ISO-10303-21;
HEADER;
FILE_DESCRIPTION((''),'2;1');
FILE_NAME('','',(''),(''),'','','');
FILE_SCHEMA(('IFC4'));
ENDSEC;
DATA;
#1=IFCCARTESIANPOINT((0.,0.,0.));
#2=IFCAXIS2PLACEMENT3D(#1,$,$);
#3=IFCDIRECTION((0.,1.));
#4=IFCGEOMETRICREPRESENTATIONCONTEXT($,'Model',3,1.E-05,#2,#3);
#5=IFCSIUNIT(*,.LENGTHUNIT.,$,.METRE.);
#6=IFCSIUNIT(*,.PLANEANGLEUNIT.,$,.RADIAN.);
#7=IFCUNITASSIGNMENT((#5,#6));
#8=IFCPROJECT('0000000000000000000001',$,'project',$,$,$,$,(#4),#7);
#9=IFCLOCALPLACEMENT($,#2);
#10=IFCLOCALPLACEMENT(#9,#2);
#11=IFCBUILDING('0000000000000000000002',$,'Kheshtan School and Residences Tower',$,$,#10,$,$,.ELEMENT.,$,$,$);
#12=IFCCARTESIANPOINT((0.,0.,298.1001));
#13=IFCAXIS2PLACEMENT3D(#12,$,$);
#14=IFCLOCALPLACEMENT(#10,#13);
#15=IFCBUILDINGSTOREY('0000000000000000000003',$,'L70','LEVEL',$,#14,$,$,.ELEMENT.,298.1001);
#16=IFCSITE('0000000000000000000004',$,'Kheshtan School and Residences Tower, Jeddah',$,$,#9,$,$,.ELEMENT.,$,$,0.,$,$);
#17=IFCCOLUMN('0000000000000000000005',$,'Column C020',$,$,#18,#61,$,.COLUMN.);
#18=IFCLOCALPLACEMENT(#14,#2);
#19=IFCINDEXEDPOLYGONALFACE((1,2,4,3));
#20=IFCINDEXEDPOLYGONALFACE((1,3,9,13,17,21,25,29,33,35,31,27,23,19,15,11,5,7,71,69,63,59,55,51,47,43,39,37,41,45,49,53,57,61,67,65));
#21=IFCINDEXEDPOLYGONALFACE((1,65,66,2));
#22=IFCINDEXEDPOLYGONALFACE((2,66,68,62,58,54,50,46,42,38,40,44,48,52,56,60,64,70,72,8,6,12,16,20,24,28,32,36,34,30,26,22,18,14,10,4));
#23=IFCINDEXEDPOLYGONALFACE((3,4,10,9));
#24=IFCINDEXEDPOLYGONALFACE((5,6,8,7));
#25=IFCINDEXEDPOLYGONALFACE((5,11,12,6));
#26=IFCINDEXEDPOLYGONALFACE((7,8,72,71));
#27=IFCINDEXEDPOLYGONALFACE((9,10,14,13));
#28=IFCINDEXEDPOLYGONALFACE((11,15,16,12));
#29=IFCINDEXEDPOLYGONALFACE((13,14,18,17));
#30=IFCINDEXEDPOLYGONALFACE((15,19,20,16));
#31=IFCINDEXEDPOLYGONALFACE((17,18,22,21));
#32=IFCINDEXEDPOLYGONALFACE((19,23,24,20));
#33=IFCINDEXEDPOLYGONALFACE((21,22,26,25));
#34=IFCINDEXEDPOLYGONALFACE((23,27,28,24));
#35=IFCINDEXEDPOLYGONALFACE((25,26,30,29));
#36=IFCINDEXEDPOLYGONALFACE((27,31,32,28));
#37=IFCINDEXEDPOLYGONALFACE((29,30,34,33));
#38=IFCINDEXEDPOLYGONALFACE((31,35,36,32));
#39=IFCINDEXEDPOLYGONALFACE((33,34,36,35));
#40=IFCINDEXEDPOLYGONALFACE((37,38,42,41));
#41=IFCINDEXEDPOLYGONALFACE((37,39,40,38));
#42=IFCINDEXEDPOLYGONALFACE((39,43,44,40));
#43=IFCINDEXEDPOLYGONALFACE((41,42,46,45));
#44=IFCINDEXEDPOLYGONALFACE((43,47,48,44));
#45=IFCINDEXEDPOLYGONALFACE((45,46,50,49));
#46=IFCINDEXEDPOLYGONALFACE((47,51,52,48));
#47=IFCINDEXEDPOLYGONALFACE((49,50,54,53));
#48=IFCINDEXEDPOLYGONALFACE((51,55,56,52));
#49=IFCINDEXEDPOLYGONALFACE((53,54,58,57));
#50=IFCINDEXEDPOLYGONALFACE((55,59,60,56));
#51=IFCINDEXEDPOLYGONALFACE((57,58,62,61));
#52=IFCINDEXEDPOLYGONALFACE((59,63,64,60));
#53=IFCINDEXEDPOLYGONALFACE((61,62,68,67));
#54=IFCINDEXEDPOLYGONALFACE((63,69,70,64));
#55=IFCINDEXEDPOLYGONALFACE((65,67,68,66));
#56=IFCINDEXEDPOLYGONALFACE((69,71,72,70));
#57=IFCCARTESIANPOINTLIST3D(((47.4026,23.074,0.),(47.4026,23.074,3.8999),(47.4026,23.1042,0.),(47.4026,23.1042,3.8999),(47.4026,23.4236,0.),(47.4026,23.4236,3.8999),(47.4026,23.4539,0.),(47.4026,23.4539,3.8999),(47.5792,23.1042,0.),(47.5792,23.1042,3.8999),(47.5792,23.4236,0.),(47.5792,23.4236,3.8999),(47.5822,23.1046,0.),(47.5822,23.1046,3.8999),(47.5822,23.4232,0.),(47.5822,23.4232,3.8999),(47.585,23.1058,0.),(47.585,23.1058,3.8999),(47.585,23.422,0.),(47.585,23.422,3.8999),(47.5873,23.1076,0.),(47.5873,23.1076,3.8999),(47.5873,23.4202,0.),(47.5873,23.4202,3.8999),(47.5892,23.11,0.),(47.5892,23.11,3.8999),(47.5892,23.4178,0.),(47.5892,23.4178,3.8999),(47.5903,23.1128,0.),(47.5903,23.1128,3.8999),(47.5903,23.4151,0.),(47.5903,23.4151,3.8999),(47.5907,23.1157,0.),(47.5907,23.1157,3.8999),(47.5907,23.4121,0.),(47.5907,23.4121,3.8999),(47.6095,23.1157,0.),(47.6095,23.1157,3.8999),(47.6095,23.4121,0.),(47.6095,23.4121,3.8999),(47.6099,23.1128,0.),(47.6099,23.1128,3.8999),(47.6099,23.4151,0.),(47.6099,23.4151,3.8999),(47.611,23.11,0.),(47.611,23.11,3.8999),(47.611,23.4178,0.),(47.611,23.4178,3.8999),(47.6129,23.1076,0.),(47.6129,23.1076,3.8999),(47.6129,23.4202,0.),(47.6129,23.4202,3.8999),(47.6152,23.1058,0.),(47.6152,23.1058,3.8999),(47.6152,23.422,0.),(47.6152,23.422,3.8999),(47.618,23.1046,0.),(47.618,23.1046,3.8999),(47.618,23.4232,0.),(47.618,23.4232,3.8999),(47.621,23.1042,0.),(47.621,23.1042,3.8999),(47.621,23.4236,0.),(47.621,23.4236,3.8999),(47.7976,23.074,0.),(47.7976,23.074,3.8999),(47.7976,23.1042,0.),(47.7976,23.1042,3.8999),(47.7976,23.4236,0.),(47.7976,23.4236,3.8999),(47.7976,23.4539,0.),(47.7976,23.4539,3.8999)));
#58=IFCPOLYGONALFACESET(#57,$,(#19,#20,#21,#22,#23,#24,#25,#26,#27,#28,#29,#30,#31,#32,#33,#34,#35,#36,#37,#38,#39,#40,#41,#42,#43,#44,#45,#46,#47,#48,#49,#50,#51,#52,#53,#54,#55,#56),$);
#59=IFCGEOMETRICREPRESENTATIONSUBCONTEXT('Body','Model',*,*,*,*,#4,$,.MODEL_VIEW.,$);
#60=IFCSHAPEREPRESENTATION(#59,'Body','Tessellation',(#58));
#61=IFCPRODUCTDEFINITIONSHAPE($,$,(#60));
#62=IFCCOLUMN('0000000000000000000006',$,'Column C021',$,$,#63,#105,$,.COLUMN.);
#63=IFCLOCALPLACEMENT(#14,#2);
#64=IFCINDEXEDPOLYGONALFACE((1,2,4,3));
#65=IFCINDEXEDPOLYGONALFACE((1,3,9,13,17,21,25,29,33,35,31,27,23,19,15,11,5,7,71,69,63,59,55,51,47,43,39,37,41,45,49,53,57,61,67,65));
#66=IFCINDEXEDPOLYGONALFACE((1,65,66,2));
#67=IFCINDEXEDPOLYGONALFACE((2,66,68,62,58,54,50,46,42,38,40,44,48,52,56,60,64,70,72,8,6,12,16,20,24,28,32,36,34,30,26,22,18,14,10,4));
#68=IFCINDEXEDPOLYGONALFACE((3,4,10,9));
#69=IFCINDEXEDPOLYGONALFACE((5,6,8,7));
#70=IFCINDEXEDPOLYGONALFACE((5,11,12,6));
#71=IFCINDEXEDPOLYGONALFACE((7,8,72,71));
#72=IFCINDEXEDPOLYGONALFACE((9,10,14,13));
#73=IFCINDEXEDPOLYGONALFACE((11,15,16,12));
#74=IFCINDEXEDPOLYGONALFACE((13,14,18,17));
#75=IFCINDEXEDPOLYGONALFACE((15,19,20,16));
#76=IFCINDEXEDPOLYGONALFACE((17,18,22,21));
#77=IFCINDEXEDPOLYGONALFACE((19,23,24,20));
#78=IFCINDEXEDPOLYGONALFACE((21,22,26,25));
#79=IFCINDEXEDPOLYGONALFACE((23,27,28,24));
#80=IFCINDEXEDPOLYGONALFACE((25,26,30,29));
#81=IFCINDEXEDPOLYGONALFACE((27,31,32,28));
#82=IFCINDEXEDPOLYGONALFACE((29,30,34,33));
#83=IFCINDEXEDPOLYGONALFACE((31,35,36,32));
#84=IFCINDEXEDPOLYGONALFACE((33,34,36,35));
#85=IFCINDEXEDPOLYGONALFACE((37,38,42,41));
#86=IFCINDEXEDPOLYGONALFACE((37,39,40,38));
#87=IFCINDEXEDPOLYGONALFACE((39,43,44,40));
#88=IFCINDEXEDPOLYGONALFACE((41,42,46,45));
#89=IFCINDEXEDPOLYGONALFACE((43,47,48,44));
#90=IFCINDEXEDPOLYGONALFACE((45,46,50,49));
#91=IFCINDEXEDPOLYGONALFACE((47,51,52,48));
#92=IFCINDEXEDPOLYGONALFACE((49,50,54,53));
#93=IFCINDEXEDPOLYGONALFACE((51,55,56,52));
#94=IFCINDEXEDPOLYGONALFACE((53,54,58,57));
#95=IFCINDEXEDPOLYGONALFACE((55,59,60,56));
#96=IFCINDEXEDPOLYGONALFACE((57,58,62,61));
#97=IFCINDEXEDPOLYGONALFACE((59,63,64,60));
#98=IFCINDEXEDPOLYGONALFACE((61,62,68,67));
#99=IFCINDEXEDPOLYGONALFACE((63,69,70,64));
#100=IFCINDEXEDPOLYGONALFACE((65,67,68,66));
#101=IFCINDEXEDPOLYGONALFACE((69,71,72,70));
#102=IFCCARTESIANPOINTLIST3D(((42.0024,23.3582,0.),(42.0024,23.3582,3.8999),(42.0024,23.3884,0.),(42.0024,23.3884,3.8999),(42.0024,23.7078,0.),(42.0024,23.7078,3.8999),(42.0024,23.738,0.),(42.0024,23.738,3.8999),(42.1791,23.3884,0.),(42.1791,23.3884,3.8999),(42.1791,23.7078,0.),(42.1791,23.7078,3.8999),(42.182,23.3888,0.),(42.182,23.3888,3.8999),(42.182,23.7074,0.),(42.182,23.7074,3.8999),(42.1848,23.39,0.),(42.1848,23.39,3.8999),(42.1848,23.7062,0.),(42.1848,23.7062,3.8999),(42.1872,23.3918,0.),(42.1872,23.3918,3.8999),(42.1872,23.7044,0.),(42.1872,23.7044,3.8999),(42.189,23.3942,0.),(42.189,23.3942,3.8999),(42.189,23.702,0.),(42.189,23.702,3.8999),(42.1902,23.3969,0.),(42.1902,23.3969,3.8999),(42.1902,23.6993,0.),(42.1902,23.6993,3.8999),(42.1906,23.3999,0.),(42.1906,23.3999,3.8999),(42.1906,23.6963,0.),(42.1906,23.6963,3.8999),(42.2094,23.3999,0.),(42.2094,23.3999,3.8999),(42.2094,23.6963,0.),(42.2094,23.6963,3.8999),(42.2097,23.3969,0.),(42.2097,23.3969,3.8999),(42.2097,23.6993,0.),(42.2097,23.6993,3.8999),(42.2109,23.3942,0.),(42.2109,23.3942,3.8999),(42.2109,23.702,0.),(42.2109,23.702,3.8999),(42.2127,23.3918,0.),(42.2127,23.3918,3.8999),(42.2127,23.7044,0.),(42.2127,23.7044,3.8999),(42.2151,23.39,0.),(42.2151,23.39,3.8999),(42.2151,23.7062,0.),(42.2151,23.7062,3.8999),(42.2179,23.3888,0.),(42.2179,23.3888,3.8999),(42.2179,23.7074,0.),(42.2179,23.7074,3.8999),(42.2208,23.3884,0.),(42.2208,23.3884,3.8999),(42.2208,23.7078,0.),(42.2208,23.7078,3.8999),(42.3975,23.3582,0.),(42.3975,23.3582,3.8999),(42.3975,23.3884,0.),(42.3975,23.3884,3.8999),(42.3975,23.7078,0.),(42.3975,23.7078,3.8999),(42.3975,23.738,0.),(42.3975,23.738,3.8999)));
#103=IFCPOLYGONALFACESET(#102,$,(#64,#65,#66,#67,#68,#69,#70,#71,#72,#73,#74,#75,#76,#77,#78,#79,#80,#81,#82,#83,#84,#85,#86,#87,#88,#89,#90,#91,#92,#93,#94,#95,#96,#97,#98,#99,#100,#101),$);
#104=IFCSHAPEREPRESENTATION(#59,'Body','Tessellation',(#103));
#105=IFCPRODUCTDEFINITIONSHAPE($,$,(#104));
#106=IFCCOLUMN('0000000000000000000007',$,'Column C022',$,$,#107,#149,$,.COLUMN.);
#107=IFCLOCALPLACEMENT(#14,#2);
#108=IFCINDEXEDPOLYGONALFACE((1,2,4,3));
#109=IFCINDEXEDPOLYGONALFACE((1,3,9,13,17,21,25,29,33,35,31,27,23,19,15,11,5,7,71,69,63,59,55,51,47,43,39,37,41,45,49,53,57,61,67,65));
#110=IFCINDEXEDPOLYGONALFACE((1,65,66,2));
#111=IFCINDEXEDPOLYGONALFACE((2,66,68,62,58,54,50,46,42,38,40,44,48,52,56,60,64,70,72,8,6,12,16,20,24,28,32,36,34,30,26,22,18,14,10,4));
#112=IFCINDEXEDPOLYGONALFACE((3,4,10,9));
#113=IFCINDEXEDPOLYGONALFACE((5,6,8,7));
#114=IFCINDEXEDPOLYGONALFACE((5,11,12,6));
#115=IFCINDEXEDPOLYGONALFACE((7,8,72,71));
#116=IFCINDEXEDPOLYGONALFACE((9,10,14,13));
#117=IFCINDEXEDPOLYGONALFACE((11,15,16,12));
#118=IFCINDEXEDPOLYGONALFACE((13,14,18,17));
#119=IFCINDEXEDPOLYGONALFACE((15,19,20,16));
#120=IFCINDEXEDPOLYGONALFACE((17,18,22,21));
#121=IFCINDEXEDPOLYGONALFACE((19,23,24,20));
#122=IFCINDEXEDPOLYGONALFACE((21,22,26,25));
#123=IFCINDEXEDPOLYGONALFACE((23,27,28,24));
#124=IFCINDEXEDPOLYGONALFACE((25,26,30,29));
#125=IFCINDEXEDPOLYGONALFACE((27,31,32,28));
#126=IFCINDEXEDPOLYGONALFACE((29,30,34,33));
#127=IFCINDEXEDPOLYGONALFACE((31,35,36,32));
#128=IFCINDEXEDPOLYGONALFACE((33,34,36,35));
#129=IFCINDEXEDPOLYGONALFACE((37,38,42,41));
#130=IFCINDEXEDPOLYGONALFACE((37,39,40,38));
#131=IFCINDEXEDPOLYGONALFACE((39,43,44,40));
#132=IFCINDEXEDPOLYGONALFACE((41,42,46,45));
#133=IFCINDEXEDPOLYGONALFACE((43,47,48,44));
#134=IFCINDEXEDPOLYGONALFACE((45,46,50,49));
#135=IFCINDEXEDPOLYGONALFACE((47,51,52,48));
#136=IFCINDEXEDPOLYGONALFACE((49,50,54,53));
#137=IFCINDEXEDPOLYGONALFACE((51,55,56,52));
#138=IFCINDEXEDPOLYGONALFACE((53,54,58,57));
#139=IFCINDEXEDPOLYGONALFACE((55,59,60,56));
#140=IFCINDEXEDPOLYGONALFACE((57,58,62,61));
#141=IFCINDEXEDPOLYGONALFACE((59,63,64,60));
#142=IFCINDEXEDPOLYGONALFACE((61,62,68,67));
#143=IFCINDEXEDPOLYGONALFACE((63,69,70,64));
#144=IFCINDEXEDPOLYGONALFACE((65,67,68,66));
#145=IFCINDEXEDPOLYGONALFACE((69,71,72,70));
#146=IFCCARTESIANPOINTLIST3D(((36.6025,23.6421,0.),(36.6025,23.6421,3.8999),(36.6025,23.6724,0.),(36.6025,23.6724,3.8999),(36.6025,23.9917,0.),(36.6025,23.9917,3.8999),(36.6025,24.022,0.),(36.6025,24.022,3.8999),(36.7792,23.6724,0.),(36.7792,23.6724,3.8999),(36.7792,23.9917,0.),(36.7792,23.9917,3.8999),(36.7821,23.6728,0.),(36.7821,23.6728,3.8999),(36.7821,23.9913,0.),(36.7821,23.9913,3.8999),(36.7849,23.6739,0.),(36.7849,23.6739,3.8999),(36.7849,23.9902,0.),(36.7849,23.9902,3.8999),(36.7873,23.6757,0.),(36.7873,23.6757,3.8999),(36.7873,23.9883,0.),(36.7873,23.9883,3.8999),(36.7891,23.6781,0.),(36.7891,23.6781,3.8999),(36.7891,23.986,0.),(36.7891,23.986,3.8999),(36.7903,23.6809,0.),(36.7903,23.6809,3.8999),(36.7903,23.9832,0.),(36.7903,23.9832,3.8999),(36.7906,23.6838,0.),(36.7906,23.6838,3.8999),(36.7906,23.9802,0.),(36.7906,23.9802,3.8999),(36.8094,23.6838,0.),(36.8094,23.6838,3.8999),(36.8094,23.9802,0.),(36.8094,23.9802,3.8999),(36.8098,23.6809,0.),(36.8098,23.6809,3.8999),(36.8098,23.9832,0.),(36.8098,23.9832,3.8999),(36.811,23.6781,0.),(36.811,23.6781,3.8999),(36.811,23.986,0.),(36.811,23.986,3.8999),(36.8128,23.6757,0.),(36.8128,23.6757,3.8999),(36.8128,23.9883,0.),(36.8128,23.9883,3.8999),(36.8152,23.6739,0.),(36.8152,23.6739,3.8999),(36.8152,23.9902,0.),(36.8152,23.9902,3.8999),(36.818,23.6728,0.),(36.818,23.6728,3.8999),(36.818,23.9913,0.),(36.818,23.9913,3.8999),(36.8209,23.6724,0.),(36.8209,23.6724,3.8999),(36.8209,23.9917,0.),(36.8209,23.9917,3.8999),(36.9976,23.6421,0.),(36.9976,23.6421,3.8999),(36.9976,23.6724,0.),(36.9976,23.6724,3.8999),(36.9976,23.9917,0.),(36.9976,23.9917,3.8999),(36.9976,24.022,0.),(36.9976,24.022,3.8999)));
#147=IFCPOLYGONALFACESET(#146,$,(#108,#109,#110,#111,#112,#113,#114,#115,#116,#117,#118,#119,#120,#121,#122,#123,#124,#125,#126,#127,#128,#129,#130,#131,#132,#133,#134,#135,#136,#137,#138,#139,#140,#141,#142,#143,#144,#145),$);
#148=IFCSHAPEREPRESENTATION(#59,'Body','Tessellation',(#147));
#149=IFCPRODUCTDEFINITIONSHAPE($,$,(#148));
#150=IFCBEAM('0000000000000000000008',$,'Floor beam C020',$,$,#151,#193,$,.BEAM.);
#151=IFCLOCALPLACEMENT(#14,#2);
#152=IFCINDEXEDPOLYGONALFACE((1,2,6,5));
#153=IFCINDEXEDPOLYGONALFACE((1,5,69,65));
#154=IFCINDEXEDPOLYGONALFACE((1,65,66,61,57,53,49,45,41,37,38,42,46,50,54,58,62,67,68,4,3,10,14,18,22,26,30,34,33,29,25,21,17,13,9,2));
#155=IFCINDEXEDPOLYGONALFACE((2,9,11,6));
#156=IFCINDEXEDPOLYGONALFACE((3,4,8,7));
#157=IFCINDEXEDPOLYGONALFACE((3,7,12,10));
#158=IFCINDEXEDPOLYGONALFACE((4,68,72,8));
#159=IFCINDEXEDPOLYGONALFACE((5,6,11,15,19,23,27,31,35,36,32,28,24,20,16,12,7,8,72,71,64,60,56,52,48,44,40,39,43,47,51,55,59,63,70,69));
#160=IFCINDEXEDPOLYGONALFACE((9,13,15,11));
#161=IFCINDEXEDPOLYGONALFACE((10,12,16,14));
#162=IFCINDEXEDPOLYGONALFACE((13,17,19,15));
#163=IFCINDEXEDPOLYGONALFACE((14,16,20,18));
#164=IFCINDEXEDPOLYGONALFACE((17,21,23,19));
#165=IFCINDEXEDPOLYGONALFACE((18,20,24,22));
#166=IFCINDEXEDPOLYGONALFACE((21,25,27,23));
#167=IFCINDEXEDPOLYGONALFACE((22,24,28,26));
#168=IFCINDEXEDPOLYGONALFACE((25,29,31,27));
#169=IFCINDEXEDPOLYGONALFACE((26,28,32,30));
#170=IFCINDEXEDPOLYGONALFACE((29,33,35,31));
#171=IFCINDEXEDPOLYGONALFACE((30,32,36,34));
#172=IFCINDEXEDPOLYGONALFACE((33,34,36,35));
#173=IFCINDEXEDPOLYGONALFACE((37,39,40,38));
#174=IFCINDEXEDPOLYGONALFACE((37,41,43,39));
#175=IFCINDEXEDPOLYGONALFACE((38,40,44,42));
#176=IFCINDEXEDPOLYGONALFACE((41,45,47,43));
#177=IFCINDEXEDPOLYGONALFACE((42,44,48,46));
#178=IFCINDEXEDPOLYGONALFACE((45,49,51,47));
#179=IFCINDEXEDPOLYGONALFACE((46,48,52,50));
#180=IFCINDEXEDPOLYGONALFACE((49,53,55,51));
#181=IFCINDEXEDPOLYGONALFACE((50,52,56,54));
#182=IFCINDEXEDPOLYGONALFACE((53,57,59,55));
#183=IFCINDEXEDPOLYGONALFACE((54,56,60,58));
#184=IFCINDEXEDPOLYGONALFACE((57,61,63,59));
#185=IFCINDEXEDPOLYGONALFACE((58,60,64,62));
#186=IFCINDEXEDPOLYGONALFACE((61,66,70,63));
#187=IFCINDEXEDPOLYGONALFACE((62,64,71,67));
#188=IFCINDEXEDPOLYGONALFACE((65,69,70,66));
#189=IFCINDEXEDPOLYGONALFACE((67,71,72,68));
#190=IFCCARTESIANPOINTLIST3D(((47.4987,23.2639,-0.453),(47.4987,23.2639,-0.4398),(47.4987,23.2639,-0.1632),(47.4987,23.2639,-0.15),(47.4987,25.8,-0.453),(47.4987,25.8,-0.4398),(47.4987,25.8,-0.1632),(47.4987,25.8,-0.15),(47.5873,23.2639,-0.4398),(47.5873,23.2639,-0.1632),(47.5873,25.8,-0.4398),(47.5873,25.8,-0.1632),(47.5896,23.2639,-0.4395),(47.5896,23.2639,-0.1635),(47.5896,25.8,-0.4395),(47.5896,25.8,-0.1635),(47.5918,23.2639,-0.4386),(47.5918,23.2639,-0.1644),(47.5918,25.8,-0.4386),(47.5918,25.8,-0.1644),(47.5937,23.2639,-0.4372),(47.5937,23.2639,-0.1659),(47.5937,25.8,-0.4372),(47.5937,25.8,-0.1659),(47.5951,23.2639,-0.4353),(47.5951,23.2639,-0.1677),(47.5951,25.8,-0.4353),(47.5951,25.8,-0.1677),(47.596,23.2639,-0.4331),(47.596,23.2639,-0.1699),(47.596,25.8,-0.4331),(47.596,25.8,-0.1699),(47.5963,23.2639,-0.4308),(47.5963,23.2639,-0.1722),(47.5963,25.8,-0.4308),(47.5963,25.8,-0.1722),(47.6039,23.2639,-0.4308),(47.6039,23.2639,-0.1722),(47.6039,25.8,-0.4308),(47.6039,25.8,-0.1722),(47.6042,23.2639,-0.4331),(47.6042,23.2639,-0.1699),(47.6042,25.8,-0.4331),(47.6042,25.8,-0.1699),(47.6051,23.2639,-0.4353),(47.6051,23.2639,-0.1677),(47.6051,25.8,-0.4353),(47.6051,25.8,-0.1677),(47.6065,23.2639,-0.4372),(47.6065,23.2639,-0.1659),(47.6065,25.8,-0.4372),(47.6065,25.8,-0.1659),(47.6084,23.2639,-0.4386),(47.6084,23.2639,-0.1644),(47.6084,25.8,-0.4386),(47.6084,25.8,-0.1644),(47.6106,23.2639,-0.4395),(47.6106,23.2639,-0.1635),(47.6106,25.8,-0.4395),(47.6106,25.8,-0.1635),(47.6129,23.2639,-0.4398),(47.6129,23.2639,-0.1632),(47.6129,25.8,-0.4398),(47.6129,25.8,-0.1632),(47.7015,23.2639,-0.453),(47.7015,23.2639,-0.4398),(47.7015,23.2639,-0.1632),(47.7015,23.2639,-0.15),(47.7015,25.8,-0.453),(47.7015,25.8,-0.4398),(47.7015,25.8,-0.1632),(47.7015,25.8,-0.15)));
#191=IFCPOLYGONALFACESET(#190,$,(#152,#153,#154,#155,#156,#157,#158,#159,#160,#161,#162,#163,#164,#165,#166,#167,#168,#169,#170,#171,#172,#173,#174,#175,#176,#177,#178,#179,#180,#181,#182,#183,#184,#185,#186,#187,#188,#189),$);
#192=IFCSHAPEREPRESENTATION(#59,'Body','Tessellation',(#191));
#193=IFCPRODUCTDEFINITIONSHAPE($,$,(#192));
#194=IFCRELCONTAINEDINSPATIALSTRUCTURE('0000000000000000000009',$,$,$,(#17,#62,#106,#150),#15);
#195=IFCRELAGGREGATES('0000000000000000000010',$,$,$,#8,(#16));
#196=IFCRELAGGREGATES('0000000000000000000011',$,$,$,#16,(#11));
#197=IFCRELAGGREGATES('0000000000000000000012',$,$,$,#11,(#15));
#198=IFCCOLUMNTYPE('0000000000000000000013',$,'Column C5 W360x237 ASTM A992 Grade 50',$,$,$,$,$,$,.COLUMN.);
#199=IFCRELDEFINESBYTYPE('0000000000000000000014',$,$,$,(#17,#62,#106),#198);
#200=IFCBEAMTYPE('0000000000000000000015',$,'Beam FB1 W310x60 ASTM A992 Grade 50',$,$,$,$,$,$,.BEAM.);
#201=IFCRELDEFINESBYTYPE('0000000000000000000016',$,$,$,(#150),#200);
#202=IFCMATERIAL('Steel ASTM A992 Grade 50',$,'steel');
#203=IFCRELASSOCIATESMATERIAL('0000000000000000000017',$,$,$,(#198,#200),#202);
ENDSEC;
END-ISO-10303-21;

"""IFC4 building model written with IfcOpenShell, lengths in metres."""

from ifc_helpers import new_model, si_unit, direction, frame, origin, origin_2d, place, context, subcontext, project, spatial, i_section, extrude, material, material_profile, profile_set, type_object, element, save


model = new_model("IFC4")

# Units and contexts
model_context = context("Model", 3, precision=1e-05, world=origin(), true_north=direction((0.0, 1.0)))
body_context = subcontext(model_context, "Body", "Model", "MODEL_VIEW")
ifc_project = project(units=[si_unit("LENGTHUNIT", "METRE"), si_unit("PLANEANGLEUNIT", "RADIAN")], contexts=[model_context])

# Site, building, storey
site_placement = place(None, origin())
site = spatial("IfcSite", under=ifc_project, at=site_placement, Name="Kheshtan School and Residences Tower, Jeddah", CompositionType="ELEMENT", RefElevation=0.0)
building_placement = place(site_placement, origin())
building = spatial("IfcBuilding", under=site, at=building_placement, Name="Kheshtan School and Residences Tower", CompositionType="ELEMENT")
storey_placement = place(building_placement, frame((0.0, 0.0, 298.1001)))
storey = spatial("IfcBuildingStorey", under=building, at=storey_placement, Name="L70", Description="LEVEL", CompositionType="ELEMENT", Elevation=298.1001)

# Columns
ifc_material_1 = material(Name="Steel ASTM A992 Grade 50", Category="steel")
ifc_material_profile_1 = material_profile(ifc_material_1, i_section(OverallWidth=0.395, OverallDepth=0.3799, WebThickness=0.0188, FlangeThickness=0.0303, FilletRadius=0.0115, at=origin_2d()), Name="W360x237")
ifc_profile_set_1 = profile_set([ifc_material_profile_1], Name="Steel ASTM A992 Grade 50")
column_type = type_object("IfcColumnType", Name="Column C5 W360x237 ASTM A992 Grade 50", PredefinedType="COLUMN", material=ifc_profile_set_1)
for number, where, z_axis, x_axis, name in (
    (1, (47.6001, 23.2639, 0.0), (0.0, 0.0, 1.0), (1.0, 0.0, 0.0), "Column C020"),
    (2, (42.2, 23.5481, 0.0), (0.0, 0.0, 1.0), (1.0, 0.0, 0.0), "Column C021"),
    (3, (36.8, 23.832, 0.0), (0.0, 0.0, 1.0), (1.0, 0.0, 0.0), "Column C022"),
):
    element("IfcColumn", number, at=place(storey_placement, frame(where, z_axis=z_axis, x_axis=x_axis)), inside=storey, type_object=column_type, Name=name, PredefinedType="COLUMN", context=body_context, shape_type="SweptSolid", body=[
        extrude(i_section(OverallWidth=0.395, OverallDepth=0.3799, WebThickness=0.0188, FlangeThickness=0.0303, FilletRadius=0.0115, at=origin_2d()), origin(), (0.0, 0.0, 1.0), 3.8999),
    ])

# Beam
ifc_material_profile_2 = material_profile(ifc_material_1, i_section(OverallWidth=0.2029, OverallDepth=0.303, WebThickness=0.0076, FlangeThickness=0.0132, FilletRadius=0.009, at=origin_2d()), Name="W310x60")
ifc_profile_set_2 = profile_set([ifc_material_profile_2], Name="Steel ASTM A992 Grade 50")
beam_type_1 = type_object("IfcBeamType", Name="Beam FB1 W310x60 ASTM A992 Grade 50", PredefinedType="BEAM", material=ifc_profile_set_2)
beam_1_placement = place(storey_placement, frame((47.6001, 23.2639, -0.3015), z_axis=(0.0, 1.0, 0.0), x_axis=(-1.0, 0.0, 0.0)))
element("IfcBeam", 4, at=beam_1_placement, inside=storey, type_object=beam_type_1, Name="Floor beam C020", PredefinedType="BEAM", context=body_context, shape_type="SweptSolid", body=[
    extrude(i_section(OverallWidth=0.2029, OverallDepth=0.303, WebThickness=0.0076, FlangeThickness=0.0132, FilletRadius=0.009, at=origin_2d()), origin(), (0.0, 0.0, 1.0), 2.5361),
])

save(model, "model.ifc")
